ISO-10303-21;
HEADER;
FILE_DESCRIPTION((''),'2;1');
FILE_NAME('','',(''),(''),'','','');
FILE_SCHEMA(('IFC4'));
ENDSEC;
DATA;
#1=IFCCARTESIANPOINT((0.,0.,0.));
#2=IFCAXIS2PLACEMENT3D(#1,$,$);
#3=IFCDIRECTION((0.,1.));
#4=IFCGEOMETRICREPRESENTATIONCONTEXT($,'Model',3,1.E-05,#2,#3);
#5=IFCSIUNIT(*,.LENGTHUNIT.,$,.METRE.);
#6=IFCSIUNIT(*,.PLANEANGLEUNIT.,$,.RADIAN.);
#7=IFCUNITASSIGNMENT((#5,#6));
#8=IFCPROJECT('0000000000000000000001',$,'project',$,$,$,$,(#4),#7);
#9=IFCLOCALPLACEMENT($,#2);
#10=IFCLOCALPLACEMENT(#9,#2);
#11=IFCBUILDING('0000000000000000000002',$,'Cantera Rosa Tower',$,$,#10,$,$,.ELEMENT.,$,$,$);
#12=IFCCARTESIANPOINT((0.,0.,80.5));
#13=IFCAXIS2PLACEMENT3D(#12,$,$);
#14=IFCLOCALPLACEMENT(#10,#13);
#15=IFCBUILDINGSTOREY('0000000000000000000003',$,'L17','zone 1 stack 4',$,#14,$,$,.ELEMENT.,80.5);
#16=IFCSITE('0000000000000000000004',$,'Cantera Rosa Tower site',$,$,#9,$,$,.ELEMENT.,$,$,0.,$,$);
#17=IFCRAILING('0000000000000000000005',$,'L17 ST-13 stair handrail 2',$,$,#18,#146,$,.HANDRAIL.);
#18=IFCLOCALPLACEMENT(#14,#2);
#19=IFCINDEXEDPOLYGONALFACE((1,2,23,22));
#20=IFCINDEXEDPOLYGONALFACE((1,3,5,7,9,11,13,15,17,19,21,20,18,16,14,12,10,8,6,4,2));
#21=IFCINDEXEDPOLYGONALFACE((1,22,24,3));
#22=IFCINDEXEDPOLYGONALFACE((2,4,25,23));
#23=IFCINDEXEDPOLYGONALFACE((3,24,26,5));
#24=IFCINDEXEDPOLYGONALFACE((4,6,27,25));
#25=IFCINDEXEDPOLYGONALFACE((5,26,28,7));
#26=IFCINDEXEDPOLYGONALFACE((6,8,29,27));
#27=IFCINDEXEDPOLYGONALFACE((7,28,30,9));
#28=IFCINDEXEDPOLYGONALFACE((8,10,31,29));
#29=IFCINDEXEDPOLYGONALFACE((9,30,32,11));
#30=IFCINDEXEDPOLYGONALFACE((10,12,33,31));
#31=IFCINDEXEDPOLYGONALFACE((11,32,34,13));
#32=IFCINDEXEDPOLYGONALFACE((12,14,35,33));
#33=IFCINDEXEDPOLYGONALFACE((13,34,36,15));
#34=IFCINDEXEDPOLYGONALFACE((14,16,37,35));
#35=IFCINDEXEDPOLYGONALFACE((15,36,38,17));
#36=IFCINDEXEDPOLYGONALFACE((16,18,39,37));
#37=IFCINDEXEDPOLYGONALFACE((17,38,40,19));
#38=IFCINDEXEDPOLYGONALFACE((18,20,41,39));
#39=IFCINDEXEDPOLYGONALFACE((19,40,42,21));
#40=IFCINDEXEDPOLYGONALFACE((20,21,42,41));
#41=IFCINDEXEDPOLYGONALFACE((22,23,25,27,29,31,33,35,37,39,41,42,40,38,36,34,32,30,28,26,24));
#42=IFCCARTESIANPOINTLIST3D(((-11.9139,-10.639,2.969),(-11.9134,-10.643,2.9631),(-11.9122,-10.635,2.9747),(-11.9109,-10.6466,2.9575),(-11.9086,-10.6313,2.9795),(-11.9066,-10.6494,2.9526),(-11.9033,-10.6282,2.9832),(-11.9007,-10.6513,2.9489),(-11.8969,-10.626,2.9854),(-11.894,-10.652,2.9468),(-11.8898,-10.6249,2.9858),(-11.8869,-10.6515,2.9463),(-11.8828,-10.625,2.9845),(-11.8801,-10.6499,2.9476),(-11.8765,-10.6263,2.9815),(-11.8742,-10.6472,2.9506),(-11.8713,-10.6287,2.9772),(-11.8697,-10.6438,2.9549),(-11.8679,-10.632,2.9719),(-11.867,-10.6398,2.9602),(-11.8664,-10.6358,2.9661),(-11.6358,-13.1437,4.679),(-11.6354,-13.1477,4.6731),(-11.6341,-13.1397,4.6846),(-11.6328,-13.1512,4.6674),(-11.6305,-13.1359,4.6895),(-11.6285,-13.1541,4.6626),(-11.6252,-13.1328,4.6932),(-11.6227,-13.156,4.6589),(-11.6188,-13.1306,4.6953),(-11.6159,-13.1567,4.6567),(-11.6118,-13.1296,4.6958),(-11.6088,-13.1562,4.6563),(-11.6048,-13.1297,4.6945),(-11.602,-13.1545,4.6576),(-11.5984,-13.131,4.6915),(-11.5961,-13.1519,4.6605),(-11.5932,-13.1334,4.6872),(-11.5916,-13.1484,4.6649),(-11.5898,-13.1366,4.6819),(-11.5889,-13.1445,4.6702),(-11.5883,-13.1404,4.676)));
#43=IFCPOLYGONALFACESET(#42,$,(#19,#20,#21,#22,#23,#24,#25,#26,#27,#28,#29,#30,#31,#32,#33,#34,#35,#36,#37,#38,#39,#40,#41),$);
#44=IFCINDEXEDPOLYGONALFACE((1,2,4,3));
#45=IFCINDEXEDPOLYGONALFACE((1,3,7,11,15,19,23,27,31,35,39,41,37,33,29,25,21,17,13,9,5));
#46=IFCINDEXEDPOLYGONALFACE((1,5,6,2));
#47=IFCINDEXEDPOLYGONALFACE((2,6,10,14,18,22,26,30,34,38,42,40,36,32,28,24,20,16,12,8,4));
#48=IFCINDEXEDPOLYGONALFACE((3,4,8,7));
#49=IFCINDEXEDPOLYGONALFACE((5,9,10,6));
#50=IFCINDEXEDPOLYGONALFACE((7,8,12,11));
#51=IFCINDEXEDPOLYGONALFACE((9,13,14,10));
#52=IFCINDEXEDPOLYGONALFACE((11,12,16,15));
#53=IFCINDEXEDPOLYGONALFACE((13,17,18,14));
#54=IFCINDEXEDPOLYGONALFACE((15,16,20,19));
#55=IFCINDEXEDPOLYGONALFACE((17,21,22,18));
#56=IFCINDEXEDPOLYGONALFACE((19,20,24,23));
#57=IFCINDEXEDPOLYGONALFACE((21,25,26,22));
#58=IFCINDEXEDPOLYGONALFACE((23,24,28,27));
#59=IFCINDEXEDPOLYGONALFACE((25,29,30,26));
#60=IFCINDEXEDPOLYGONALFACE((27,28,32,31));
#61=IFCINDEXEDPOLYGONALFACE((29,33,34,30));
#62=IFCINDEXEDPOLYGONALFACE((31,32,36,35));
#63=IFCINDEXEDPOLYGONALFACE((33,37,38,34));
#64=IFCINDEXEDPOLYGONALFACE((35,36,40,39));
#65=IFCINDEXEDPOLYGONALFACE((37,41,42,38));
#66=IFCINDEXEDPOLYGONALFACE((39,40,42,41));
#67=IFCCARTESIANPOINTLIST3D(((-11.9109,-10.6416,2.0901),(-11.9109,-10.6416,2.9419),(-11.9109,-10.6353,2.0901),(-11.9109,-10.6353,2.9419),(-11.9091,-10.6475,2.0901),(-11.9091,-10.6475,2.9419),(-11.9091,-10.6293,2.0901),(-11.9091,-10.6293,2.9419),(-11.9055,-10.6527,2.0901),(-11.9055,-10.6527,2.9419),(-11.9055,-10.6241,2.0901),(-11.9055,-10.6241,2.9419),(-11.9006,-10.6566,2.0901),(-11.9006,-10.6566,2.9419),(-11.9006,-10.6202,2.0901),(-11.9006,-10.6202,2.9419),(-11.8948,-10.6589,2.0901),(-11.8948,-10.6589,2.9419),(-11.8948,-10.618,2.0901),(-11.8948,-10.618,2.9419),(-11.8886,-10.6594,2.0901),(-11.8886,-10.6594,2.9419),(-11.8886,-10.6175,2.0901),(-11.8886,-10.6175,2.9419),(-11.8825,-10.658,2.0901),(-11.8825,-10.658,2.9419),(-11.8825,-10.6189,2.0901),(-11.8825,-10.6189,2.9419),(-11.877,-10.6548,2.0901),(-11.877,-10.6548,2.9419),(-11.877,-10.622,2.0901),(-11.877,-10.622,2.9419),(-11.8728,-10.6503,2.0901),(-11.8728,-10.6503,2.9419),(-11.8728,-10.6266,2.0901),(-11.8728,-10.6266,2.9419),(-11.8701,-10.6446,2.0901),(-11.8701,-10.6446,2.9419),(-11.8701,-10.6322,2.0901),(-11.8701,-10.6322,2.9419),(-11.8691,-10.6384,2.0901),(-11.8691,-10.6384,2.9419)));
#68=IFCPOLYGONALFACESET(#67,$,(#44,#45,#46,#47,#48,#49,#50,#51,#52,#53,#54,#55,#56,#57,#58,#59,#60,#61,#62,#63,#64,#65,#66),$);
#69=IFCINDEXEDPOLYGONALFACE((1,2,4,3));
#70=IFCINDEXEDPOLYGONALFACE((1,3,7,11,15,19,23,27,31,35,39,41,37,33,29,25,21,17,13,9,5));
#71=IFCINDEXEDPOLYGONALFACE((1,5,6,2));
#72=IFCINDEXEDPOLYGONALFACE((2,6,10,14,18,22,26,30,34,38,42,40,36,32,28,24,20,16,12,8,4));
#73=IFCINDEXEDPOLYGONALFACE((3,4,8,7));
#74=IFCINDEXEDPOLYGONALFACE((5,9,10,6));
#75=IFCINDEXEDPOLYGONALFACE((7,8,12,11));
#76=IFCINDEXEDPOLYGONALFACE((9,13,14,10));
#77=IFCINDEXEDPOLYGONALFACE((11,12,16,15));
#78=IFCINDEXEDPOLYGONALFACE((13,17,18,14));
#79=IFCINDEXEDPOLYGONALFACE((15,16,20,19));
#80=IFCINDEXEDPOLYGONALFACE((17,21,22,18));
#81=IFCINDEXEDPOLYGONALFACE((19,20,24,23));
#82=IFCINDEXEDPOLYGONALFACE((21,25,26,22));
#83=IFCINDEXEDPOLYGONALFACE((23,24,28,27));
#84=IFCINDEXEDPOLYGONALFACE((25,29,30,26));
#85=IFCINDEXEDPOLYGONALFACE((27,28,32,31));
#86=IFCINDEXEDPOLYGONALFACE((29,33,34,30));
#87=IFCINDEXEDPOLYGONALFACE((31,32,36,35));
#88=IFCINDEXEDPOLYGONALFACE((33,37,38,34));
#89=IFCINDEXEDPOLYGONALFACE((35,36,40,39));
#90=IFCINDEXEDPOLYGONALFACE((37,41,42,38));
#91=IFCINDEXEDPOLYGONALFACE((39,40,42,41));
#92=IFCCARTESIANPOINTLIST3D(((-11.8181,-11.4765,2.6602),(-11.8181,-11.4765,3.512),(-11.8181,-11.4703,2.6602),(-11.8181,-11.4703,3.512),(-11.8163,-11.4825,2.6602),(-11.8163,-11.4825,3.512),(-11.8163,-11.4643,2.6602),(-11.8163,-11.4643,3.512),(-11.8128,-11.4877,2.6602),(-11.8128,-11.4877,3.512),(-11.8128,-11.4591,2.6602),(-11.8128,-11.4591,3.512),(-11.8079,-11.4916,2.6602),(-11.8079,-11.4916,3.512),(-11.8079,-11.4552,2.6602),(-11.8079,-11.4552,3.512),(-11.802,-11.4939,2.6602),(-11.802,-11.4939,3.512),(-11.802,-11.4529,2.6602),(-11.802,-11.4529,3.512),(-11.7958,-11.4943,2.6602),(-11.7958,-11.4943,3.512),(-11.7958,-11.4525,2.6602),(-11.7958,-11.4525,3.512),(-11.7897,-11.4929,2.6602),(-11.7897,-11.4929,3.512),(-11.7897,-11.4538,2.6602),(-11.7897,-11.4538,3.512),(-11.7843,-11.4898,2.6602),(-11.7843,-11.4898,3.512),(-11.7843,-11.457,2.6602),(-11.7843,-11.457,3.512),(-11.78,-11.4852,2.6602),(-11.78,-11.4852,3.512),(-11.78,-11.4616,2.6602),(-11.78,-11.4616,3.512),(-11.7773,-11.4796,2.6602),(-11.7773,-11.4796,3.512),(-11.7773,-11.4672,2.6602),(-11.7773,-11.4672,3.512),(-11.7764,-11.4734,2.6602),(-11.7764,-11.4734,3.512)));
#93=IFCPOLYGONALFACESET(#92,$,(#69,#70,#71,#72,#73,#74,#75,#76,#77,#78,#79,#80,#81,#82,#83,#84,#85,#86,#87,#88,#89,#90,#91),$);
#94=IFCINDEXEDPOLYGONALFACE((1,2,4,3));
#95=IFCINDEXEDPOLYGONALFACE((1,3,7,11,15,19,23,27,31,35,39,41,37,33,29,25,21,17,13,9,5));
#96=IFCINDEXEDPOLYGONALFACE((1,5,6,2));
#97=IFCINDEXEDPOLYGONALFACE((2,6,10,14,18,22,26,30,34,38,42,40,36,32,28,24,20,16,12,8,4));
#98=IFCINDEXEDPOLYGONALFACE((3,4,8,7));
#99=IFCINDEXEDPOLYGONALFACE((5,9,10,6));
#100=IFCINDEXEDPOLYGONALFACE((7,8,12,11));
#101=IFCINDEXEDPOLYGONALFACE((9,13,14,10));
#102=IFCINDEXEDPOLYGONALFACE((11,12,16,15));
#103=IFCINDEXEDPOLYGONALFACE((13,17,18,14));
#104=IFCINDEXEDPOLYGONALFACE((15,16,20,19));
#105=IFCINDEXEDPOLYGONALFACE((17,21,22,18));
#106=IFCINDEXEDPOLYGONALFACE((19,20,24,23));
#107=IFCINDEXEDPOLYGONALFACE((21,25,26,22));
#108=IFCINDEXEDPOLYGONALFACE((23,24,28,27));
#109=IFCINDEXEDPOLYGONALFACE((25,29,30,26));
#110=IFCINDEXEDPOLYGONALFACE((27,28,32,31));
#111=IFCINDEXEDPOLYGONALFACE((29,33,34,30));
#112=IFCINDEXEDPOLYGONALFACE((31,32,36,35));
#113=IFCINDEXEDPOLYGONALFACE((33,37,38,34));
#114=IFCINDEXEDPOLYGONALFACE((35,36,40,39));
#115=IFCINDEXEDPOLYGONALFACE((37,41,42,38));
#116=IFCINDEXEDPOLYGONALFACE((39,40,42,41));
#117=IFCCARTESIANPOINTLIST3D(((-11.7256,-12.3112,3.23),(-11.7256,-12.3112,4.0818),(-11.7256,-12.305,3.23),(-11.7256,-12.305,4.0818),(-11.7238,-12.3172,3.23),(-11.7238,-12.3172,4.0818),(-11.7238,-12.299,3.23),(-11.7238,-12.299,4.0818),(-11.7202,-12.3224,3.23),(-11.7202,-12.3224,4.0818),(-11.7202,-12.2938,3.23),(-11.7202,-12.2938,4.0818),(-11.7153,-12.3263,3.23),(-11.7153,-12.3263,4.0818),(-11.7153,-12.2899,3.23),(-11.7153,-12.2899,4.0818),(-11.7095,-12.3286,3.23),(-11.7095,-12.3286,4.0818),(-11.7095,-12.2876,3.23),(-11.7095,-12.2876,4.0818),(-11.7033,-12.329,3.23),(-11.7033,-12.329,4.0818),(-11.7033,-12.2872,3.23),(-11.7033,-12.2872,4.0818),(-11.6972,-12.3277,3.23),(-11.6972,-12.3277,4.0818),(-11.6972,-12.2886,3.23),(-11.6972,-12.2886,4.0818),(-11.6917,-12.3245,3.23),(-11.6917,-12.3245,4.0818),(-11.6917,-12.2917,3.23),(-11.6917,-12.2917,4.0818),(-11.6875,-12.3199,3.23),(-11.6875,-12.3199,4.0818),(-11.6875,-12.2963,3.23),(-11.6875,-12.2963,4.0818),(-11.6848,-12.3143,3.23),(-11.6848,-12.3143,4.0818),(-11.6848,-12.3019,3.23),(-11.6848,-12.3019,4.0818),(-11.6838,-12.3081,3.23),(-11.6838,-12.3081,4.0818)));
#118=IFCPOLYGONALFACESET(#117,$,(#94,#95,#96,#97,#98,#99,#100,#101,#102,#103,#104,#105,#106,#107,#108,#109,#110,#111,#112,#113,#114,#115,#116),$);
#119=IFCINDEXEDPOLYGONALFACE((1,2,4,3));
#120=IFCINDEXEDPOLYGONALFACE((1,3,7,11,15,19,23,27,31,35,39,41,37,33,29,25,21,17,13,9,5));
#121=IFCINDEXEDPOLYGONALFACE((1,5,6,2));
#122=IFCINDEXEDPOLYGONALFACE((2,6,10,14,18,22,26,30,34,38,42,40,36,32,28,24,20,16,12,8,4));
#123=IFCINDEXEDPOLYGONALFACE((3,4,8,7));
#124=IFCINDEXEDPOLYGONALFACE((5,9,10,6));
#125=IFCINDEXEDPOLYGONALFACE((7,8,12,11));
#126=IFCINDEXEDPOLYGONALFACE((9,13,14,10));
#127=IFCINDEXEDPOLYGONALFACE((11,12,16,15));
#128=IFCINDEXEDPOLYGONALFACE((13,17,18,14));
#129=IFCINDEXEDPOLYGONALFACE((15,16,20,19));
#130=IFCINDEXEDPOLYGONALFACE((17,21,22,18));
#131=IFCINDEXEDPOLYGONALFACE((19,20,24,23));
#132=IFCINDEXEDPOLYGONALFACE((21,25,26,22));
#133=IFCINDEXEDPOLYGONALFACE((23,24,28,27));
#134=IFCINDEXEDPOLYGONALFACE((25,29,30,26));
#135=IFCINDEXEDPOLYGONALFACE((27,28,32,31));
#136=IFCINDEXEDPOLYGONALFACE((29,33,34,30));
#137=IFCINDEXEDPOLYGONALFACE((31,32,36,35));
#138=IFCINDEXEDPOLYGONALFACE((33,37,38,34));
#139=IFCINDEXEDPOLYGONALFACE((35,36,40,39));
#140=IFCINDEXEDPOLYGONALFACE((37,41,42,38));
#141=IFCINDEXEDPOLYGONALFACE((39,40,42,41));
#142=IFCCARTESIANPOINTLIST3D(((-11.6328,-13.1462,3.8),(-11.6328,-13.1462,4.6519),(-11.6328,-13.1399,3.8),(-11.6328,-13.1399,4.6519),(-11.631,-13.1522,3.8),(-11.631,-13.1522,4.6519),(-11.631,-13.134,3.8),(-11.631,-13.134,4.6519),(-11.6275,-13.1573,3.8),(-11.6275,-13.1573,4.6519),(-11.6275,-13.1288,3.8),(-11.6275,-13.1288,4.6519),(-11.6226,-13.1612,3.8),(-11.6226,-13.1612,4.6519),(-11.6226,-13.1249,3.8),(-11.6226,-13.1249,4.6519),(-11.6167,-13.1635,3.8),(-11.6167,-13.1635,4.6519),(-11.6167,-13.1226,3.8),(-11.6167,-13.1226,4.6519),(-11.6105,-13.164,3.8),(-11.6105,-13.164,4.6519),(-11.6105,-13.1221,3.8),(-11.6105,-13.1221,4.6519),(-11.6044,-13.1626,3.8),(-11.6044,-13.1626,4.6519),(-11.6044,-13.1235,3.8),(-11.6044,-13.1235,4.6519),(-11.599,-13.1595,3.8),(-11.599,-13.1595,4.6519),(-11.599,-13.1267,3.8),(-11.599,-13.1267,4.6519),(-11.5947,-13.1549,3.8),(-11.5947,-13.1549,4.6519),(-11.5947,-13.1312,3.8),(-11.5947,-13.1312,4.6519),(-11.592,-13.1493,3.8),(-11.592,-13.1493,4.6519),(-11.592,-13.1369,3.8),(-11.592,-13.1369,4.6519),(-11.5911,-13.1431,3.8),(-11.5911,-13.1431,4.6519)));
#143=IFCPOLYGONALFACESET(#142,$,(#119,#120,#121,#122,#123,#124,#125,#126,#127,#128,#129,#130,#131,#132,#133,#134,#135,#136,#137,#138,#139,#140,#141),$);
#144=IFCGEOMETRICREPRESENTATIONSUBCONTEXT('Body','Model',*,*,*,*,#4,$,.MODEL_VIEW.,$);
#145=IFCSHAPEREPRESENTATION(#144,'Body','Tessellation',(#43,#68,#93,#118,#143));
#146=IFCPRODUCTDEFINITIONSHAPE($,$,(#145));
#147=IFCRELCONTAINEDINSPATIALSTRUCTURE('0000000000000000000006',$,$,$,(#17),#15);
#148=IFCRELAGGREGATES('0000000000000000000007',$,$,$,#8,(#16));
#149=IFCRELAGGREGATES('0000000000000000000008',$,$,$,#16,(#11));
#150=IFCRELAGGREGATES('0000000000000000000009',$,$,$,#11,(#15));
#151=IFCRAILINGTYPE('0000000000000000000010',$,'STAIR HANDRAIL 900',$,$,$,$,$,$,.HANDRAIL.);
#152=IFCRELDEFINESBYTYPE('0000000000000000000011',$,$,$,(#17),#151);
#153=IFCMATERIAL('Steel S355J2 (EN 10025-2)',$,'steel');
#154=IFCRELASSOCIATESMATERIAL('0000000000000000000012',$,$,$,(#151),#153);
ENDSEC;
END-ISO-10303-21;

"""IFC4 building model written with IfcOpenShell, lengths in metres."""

from ifc_helpers import new_model, si_unit, direction, frame, origin, origin_2d, place, context, subcontext, project, spatial, circle, extrude, material, type_object, element, save


model = new_model("IFC4")

# Units and contexts
model_context = context("Model", 3, precision=1e-05, world=origin(), true_north=direction((0.0, 1.0)))
body_context = subcontext(model_context, "Body", "Model", "MODEL_VIEW")
ifc_project = project(units=[si_unit("LENGTHUNIT", "METRE"), si_unit("PLANEANGLEUNIT", "RADIAN")], contexts=[model_context])

# Site, building, storey
site_placement = place(None, origin())
site = spatial("IfcSite", under=ifc_project, at=site_placement, Name="Cantera Rosa Tower site", CompositionType="ELEMENT", RefElevation=0.0)
building_placement = place(site_placement, origin())
building = spatial("IfcBuilding", under=site, at=building_placement, Name="Cantera Rosa Tower", CompositionType="ELEMENT")
storey_placement = place(building_placement, frame((0.0, 0.0, 80.5)))
storey = spatial("IfcBuildingStorey", under=building, at=storey_placement, Name="L17", Description="zone 1 stack 4", CompositionType="ELEMENT", Elevation=80.5)

# Railing
ifc_material_1 = material(Name="Steel S355J2 (EN 10025-2)", Category="steel")
railing_type_1 = type_object("IfcRailingType", Name="STAIR HANDRAIL 900", PredefinedType="HANDRAIL", material=ifc_material_1)
railing_1_placement = place(storey_placement, frame((-11.8901, -10.6384, 2.0901)))
element("IfcRailing", 1, at=railing_1_placement, inside=storey, type_object=railing_type_1, Name="L17 ST-13 stair handrail 2", PredefinedType="HANDRAIL", context=body_context, shape_type="SweptSolid", body=[
    extrude(circle(Radius=0.0239, at=origin_2d()), frame((0.0, 0.0, 0.876), z_axis=(0.09131, -0.822431, 0.561488), x_axis=(0.993893, 0.110346, 0.0)), (0.0, 0.0, 1.0), 3.0454),
    extrude(circle(Radius=0.021, at=origin_2d()), origin(), (0.0, 0.0, 1.0), 0.8518),
    extrude(circle(Radius=0.021, at=origin_2d()), frame((0.0928, -0.835, 0.5701)), (0.0, 0.0, 1.0), 0.8518),
    extrude(circle(Radius=0.021, at=origin_2d()), frame((0.1853, -1.6697, 1.1399)), (0.0, 0.0, 1.0), 0.8518),
    extrude(circle(Radius=0.021, at=origin_2d()), frame((0.2781, -2.5046, 1.71)), (0.0, 0.0, 1.0), 0.8518),
])

save(model, "model.ifc")
